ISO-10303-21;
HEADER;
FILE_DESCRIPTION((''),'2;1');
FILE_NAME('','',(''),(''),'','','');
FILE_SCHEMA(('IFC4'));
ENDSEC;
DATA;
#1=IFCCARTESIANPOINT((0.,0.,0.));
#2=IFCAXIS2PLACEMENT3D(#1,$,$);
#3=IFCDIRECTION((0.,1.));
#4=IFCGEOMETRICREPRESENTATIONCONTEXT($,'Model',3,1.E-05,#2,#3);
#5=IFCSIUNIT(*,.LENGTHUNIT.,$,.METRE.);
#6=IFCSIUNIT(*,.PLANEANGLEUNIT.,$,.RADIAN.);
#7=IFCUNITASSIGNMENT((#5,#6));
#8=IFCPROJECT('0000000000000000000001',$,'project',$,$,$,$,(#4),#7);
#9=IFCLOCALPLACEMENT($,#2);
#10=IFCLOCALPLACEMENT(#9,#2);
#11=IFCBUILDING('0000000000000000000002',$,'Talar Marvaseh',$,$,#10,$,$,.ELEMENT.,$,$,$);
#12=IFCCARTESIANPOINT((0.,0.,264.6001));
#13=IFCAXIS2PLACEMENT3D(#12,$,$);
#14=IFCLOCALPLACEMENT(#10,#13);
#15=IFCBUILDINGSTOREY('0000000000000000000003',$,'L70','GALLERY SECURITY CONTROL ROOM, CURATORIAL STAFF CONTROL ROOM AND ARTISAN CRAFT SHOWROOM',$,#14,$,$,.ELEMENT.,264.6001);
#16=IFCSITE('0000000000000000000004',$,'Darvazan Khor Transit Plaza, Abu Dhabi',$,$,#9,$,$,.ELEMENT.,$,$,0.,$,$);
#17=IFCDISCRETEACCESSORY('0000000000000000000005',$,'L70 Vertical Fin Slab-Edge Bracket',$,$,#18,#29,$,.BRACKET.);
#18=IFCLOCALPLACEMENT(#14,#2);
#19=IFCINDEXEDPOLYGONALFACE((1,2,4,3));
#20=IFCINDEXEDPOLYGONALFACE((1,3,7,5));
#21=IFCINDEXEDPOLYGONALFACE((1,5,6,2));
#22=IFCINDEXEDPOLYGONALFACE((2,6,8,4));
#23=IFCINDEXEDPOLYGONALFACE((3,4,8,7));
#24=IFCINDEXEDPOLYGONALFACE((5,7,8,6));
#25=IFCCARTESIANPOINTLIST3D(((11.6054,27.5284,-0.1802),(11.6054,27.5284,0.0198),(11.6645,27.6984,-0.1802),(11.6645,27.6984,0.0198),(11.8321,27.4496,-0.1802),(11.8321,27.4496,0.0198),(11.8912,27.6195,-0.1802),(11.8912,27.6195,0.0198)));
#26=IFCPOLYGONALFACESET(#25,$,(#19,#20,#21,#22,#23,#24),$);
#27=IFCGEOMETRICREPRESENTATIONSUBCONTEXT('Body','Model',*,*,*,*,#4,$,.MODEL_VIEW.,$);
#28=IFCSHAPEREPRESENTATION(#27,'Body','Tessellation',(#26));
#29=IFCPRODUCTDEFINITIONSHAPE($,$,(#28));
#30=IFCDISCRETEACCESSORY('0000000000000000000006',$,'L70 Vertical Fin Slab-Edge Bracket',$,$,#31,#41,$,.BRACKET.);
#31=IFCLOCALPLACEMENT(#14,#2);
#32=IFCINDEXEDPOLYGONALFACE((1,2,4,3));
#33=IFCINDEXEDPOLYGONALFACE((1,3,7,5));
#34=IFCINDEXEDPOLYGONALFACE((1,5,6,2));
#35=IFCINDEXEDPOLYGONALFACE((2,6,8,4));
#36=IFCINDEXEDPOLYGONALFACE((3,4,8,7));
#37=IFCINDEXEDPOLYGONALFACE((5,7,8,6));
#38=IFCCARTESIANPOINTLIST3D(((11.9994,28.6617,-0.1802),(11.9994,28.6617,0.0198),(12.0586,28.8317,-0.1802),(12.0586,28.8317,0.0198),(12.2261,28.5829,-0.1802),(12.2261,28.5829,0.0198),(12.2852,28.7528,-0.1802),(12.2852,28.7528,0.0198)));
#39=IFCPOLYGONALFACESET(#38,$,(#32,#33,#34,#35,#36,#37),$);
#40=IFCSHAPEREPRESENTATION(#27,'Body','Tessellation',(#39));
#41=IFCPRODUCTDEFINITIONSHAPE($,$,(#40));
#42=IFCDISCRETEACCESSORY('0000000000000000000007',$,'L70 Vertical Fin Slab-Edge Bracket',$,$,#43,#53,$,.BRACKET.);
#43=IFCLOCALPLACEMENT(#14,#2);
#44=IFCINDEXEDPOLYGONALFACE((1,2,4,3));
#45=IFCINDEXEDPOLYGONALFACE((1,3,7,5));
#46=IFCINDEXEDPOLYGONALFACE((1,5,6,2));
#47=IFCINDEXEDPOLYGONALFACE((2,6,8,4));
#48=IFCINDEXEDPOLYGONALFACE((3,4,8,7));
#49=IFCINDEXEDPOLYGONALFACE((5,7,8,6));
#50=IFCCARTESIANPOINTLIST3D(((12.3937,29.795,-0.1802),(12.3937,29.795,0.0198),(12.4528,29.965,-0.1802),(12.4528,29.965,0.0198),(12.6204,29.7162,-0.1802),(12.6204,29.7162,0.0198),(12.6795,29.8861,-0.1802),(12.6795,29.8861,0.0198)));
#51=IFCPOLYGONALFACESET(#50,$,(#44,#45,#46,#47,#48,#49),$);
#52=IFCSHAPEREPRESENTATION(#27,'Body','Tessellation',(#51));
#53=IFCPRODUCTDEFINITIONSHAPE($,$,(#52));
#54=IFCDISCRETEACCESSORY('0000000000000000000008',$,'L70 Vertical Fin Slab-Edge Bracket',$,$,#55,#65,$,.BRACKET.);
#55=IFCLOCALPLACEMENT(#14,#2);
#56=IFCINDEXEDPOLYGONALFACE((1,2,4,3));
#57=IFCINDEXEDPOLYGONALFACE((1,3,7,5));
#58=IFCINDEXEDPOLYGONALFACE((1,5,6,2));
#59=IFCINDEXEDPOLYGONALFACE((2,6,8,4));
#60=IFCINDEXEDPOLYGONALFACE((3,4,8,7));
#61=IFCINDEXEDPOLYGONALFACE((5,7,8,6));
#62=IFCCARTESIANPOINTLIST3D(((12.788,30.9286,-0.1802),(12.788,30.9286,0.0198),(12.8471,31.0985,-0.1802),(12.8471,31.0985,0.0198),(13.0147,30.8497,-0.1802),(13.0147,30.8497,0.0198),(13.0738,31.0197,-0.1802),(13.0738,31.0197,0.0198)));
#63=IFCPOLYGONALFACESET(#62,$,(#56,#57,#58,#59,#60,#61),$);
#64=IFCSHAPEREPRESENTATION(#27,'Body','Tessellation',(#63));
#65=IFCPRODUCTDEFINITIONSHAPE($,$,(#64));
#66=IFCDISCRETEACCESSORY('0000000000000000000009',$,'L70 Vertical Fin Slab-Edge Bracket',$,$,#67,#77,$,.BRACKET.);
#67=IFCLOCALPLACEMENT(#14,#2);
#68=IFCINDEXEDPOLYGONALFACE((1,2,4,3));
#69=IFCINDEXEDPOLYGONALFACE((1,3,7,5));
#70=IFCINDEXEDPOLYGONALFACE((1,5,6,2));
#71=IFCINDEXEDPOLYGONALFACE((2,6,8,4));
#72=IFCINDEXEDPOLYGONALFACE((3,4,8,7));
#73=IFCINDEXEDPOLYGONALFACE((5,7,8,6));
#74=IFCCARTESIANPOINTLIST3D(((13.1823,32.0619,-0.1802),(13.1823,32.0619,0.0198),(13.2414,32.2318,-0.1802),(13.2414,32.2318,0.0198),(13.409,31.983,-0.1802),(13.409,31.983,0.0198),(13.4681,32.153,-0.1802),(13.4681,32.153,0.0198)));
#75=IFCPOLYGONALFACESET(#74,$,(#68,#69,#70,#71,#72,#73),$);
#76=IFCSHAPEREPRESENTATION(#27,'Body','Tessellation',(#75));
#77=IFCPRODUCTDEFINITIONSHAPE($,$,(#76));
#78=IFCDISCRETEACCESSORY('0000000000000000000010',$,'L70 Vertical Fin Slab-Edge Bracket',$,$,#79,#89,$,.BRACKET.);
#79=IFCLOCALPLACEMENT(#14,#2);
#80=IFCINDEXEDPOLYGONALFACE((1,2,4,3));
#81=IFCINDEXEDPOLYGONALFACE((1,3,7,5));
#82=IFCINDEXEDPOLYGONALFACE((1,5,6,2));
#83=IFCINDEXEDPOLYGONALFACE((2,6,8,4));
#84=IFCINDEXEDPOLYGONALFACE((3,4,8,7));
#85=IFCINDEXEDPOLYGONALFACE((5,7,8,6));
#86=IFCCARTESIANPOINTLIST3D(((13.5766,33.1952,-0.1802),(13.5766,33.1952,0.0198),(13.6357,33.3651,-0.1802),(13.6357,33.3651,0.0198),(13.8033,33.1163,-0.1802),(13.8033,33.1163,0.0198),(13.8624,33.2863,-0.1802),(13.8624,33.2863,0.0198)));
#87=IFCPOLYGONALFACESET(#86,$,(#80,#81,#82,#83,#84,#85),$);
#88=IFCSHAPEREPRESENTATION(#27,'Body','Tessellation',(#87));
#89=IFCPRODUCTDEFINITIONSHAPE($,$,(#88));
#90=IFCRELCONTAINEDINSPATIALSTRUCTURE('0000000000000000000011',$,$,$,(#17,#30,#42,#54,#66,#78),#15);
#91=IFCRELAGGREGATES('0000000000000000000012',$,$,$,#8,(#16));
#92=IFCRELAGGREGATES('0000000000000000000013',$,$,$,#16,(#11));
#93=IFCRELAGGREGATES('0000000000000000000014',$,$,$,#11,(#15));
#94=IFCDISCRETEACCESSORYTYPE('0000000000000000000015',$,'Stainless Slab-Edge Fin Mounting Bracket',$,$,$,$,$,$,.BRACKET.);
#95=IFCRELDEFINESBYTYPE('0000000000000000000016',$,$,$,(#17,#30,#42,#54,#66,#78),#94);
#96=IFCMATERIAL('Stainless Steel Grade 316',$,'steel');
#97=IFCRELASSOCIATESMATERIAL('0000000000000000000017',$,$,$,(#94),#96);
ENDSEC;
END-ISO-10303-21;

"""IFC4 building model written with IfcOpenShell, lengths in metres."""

from ifc_helpers import new_model, si_unit, direction, frame, origin, origin_2d, place, context, subcontext, project, spatial, rectangle, extrude, source, transform, mapped, material, type_object, type_shapes, element, save


model = new_model("IFC4")

# Units and contexts
model_context = context("Model", 3, precision=1e-05, world=origin(), true_north=direction((0.0, 1.0)))
body_context = subcontext(model_context, "Body", "Model", "MODEL_VIEW")
ifc_project = project(units=[si_unit("LENGTHUNIT", "METRE"), si_unit("PLANEANGLEUNIT", "RADIAN")], contexts=[model_context])

# Site, building, storey
site_placement = place(None, origin())
site = spatial("IfcSite", under=ifc_project, at=site_placement, Name="Darvazan Khor Transit Plaza, Abu Dhabi", CompositionType="ELEMENT", RefElevation=0.0)
building_placement = place(site_placement, origin())
building = spatial("IfcBuilding", under=site, at=building_placement, Name="Talar Marvaseh", CompositionType="ELEMENT")
storey_placement = place(building_placement, frame((0.0, 0.0, 264.6001)))
storey = spatial("IfcBuildingStorey", under=building, at=storey_placement, Name="L70", Description="GALLERY SECURITY CONTROL ROOM, CURATORIAL STAFF CONTROL ROOM AND ARTISAN CRAFT SHOWROOM", CompositionType="ELEMENT", Elevation=264.6001)

# Shared definitions
ifc_material_1 = material(Name="Stainless Steel Grade 316", Category="steel")

# Discrete accessories
discrete_accessory_type = type_object("IfcDiscreteAccessoryType", Name="Stainless Slab-Edge Fin Mounting Bracket", PredefinedType="BRACKET", material=ifc_material_1)
shared_shape_1 = source(origin(), body_context, "Body", "SweptSolid", [
    extrude(rectangle(XDim=0.24, YDim=0.1799, at=origin_2d()), origin(), (0.0, 0.0, 1.0), 0.2),
])
type_shapes(discrete_accessory_type, [shared_shape_1])
for number, where, z_axis, x_axis, name in (
    (1, (11.7483, 27.574, -0.1802), (0.0, 0.0, 1.0), (-0.944491, 0.328537, 0.0), "L70 Vertical Fin Slab-Edge Bracket"),
    (2, (12.1423, 28.7073, -0.1802), (0.0, 0.0, 1.0), (-0.944491, 0.328537, 0.0), "L70 Vertical Fin Slab-Edge Bracket"),
    (3, (12.5366, 29.8406, -0.1802), (0.0, 0.0, 1.0), (-0.944491, 0.328537, 0.0), "L70 Vertical Fin Slab-Edge Bracket"),
    (4, (12.9309, 30.9741, -0.1802), (0.0, 0.0, 1.0), (-0.944491, 0.328537, 0.0), "L70 Vertical Fin Slab-Edge Bracket"),
    (5, (13.3252, 32.1074, -0.1802), (0.0, 0.0, 1.0), (-0.944491, 0.328537, 0.0), "L70 Vertical Fin Slab-Edge Bracket"),
    (6, (13.7195, 33.2407, -0.1802), (0.0, 0.0, 1.0), (-0.944491, 0.328537, 0.0), "L70 Vertical Fin Slab-Edge Bracket"),
):
    element("IfcDiscreteAccessory", number, at=place(storey_placement, frame(where, z_axis=z_axis, x_axis=x_axis)), inside=storey, type_object=discrete_accessory_type, Name=name, PredefinedType="BRACKET", context=body_context, shape_type="MappedRepresentation", body=[
        mapped(shared_shape_1, transform((0.0, 0.0, 0.0), x_axis=(1.0, 0.0, 0.0), y_axis=(0.0, 1.0, 0.0), z_axis=(0.0, 0.0, 1.0), scale=1.0)),
    ])

save(model, "model.ifc")
